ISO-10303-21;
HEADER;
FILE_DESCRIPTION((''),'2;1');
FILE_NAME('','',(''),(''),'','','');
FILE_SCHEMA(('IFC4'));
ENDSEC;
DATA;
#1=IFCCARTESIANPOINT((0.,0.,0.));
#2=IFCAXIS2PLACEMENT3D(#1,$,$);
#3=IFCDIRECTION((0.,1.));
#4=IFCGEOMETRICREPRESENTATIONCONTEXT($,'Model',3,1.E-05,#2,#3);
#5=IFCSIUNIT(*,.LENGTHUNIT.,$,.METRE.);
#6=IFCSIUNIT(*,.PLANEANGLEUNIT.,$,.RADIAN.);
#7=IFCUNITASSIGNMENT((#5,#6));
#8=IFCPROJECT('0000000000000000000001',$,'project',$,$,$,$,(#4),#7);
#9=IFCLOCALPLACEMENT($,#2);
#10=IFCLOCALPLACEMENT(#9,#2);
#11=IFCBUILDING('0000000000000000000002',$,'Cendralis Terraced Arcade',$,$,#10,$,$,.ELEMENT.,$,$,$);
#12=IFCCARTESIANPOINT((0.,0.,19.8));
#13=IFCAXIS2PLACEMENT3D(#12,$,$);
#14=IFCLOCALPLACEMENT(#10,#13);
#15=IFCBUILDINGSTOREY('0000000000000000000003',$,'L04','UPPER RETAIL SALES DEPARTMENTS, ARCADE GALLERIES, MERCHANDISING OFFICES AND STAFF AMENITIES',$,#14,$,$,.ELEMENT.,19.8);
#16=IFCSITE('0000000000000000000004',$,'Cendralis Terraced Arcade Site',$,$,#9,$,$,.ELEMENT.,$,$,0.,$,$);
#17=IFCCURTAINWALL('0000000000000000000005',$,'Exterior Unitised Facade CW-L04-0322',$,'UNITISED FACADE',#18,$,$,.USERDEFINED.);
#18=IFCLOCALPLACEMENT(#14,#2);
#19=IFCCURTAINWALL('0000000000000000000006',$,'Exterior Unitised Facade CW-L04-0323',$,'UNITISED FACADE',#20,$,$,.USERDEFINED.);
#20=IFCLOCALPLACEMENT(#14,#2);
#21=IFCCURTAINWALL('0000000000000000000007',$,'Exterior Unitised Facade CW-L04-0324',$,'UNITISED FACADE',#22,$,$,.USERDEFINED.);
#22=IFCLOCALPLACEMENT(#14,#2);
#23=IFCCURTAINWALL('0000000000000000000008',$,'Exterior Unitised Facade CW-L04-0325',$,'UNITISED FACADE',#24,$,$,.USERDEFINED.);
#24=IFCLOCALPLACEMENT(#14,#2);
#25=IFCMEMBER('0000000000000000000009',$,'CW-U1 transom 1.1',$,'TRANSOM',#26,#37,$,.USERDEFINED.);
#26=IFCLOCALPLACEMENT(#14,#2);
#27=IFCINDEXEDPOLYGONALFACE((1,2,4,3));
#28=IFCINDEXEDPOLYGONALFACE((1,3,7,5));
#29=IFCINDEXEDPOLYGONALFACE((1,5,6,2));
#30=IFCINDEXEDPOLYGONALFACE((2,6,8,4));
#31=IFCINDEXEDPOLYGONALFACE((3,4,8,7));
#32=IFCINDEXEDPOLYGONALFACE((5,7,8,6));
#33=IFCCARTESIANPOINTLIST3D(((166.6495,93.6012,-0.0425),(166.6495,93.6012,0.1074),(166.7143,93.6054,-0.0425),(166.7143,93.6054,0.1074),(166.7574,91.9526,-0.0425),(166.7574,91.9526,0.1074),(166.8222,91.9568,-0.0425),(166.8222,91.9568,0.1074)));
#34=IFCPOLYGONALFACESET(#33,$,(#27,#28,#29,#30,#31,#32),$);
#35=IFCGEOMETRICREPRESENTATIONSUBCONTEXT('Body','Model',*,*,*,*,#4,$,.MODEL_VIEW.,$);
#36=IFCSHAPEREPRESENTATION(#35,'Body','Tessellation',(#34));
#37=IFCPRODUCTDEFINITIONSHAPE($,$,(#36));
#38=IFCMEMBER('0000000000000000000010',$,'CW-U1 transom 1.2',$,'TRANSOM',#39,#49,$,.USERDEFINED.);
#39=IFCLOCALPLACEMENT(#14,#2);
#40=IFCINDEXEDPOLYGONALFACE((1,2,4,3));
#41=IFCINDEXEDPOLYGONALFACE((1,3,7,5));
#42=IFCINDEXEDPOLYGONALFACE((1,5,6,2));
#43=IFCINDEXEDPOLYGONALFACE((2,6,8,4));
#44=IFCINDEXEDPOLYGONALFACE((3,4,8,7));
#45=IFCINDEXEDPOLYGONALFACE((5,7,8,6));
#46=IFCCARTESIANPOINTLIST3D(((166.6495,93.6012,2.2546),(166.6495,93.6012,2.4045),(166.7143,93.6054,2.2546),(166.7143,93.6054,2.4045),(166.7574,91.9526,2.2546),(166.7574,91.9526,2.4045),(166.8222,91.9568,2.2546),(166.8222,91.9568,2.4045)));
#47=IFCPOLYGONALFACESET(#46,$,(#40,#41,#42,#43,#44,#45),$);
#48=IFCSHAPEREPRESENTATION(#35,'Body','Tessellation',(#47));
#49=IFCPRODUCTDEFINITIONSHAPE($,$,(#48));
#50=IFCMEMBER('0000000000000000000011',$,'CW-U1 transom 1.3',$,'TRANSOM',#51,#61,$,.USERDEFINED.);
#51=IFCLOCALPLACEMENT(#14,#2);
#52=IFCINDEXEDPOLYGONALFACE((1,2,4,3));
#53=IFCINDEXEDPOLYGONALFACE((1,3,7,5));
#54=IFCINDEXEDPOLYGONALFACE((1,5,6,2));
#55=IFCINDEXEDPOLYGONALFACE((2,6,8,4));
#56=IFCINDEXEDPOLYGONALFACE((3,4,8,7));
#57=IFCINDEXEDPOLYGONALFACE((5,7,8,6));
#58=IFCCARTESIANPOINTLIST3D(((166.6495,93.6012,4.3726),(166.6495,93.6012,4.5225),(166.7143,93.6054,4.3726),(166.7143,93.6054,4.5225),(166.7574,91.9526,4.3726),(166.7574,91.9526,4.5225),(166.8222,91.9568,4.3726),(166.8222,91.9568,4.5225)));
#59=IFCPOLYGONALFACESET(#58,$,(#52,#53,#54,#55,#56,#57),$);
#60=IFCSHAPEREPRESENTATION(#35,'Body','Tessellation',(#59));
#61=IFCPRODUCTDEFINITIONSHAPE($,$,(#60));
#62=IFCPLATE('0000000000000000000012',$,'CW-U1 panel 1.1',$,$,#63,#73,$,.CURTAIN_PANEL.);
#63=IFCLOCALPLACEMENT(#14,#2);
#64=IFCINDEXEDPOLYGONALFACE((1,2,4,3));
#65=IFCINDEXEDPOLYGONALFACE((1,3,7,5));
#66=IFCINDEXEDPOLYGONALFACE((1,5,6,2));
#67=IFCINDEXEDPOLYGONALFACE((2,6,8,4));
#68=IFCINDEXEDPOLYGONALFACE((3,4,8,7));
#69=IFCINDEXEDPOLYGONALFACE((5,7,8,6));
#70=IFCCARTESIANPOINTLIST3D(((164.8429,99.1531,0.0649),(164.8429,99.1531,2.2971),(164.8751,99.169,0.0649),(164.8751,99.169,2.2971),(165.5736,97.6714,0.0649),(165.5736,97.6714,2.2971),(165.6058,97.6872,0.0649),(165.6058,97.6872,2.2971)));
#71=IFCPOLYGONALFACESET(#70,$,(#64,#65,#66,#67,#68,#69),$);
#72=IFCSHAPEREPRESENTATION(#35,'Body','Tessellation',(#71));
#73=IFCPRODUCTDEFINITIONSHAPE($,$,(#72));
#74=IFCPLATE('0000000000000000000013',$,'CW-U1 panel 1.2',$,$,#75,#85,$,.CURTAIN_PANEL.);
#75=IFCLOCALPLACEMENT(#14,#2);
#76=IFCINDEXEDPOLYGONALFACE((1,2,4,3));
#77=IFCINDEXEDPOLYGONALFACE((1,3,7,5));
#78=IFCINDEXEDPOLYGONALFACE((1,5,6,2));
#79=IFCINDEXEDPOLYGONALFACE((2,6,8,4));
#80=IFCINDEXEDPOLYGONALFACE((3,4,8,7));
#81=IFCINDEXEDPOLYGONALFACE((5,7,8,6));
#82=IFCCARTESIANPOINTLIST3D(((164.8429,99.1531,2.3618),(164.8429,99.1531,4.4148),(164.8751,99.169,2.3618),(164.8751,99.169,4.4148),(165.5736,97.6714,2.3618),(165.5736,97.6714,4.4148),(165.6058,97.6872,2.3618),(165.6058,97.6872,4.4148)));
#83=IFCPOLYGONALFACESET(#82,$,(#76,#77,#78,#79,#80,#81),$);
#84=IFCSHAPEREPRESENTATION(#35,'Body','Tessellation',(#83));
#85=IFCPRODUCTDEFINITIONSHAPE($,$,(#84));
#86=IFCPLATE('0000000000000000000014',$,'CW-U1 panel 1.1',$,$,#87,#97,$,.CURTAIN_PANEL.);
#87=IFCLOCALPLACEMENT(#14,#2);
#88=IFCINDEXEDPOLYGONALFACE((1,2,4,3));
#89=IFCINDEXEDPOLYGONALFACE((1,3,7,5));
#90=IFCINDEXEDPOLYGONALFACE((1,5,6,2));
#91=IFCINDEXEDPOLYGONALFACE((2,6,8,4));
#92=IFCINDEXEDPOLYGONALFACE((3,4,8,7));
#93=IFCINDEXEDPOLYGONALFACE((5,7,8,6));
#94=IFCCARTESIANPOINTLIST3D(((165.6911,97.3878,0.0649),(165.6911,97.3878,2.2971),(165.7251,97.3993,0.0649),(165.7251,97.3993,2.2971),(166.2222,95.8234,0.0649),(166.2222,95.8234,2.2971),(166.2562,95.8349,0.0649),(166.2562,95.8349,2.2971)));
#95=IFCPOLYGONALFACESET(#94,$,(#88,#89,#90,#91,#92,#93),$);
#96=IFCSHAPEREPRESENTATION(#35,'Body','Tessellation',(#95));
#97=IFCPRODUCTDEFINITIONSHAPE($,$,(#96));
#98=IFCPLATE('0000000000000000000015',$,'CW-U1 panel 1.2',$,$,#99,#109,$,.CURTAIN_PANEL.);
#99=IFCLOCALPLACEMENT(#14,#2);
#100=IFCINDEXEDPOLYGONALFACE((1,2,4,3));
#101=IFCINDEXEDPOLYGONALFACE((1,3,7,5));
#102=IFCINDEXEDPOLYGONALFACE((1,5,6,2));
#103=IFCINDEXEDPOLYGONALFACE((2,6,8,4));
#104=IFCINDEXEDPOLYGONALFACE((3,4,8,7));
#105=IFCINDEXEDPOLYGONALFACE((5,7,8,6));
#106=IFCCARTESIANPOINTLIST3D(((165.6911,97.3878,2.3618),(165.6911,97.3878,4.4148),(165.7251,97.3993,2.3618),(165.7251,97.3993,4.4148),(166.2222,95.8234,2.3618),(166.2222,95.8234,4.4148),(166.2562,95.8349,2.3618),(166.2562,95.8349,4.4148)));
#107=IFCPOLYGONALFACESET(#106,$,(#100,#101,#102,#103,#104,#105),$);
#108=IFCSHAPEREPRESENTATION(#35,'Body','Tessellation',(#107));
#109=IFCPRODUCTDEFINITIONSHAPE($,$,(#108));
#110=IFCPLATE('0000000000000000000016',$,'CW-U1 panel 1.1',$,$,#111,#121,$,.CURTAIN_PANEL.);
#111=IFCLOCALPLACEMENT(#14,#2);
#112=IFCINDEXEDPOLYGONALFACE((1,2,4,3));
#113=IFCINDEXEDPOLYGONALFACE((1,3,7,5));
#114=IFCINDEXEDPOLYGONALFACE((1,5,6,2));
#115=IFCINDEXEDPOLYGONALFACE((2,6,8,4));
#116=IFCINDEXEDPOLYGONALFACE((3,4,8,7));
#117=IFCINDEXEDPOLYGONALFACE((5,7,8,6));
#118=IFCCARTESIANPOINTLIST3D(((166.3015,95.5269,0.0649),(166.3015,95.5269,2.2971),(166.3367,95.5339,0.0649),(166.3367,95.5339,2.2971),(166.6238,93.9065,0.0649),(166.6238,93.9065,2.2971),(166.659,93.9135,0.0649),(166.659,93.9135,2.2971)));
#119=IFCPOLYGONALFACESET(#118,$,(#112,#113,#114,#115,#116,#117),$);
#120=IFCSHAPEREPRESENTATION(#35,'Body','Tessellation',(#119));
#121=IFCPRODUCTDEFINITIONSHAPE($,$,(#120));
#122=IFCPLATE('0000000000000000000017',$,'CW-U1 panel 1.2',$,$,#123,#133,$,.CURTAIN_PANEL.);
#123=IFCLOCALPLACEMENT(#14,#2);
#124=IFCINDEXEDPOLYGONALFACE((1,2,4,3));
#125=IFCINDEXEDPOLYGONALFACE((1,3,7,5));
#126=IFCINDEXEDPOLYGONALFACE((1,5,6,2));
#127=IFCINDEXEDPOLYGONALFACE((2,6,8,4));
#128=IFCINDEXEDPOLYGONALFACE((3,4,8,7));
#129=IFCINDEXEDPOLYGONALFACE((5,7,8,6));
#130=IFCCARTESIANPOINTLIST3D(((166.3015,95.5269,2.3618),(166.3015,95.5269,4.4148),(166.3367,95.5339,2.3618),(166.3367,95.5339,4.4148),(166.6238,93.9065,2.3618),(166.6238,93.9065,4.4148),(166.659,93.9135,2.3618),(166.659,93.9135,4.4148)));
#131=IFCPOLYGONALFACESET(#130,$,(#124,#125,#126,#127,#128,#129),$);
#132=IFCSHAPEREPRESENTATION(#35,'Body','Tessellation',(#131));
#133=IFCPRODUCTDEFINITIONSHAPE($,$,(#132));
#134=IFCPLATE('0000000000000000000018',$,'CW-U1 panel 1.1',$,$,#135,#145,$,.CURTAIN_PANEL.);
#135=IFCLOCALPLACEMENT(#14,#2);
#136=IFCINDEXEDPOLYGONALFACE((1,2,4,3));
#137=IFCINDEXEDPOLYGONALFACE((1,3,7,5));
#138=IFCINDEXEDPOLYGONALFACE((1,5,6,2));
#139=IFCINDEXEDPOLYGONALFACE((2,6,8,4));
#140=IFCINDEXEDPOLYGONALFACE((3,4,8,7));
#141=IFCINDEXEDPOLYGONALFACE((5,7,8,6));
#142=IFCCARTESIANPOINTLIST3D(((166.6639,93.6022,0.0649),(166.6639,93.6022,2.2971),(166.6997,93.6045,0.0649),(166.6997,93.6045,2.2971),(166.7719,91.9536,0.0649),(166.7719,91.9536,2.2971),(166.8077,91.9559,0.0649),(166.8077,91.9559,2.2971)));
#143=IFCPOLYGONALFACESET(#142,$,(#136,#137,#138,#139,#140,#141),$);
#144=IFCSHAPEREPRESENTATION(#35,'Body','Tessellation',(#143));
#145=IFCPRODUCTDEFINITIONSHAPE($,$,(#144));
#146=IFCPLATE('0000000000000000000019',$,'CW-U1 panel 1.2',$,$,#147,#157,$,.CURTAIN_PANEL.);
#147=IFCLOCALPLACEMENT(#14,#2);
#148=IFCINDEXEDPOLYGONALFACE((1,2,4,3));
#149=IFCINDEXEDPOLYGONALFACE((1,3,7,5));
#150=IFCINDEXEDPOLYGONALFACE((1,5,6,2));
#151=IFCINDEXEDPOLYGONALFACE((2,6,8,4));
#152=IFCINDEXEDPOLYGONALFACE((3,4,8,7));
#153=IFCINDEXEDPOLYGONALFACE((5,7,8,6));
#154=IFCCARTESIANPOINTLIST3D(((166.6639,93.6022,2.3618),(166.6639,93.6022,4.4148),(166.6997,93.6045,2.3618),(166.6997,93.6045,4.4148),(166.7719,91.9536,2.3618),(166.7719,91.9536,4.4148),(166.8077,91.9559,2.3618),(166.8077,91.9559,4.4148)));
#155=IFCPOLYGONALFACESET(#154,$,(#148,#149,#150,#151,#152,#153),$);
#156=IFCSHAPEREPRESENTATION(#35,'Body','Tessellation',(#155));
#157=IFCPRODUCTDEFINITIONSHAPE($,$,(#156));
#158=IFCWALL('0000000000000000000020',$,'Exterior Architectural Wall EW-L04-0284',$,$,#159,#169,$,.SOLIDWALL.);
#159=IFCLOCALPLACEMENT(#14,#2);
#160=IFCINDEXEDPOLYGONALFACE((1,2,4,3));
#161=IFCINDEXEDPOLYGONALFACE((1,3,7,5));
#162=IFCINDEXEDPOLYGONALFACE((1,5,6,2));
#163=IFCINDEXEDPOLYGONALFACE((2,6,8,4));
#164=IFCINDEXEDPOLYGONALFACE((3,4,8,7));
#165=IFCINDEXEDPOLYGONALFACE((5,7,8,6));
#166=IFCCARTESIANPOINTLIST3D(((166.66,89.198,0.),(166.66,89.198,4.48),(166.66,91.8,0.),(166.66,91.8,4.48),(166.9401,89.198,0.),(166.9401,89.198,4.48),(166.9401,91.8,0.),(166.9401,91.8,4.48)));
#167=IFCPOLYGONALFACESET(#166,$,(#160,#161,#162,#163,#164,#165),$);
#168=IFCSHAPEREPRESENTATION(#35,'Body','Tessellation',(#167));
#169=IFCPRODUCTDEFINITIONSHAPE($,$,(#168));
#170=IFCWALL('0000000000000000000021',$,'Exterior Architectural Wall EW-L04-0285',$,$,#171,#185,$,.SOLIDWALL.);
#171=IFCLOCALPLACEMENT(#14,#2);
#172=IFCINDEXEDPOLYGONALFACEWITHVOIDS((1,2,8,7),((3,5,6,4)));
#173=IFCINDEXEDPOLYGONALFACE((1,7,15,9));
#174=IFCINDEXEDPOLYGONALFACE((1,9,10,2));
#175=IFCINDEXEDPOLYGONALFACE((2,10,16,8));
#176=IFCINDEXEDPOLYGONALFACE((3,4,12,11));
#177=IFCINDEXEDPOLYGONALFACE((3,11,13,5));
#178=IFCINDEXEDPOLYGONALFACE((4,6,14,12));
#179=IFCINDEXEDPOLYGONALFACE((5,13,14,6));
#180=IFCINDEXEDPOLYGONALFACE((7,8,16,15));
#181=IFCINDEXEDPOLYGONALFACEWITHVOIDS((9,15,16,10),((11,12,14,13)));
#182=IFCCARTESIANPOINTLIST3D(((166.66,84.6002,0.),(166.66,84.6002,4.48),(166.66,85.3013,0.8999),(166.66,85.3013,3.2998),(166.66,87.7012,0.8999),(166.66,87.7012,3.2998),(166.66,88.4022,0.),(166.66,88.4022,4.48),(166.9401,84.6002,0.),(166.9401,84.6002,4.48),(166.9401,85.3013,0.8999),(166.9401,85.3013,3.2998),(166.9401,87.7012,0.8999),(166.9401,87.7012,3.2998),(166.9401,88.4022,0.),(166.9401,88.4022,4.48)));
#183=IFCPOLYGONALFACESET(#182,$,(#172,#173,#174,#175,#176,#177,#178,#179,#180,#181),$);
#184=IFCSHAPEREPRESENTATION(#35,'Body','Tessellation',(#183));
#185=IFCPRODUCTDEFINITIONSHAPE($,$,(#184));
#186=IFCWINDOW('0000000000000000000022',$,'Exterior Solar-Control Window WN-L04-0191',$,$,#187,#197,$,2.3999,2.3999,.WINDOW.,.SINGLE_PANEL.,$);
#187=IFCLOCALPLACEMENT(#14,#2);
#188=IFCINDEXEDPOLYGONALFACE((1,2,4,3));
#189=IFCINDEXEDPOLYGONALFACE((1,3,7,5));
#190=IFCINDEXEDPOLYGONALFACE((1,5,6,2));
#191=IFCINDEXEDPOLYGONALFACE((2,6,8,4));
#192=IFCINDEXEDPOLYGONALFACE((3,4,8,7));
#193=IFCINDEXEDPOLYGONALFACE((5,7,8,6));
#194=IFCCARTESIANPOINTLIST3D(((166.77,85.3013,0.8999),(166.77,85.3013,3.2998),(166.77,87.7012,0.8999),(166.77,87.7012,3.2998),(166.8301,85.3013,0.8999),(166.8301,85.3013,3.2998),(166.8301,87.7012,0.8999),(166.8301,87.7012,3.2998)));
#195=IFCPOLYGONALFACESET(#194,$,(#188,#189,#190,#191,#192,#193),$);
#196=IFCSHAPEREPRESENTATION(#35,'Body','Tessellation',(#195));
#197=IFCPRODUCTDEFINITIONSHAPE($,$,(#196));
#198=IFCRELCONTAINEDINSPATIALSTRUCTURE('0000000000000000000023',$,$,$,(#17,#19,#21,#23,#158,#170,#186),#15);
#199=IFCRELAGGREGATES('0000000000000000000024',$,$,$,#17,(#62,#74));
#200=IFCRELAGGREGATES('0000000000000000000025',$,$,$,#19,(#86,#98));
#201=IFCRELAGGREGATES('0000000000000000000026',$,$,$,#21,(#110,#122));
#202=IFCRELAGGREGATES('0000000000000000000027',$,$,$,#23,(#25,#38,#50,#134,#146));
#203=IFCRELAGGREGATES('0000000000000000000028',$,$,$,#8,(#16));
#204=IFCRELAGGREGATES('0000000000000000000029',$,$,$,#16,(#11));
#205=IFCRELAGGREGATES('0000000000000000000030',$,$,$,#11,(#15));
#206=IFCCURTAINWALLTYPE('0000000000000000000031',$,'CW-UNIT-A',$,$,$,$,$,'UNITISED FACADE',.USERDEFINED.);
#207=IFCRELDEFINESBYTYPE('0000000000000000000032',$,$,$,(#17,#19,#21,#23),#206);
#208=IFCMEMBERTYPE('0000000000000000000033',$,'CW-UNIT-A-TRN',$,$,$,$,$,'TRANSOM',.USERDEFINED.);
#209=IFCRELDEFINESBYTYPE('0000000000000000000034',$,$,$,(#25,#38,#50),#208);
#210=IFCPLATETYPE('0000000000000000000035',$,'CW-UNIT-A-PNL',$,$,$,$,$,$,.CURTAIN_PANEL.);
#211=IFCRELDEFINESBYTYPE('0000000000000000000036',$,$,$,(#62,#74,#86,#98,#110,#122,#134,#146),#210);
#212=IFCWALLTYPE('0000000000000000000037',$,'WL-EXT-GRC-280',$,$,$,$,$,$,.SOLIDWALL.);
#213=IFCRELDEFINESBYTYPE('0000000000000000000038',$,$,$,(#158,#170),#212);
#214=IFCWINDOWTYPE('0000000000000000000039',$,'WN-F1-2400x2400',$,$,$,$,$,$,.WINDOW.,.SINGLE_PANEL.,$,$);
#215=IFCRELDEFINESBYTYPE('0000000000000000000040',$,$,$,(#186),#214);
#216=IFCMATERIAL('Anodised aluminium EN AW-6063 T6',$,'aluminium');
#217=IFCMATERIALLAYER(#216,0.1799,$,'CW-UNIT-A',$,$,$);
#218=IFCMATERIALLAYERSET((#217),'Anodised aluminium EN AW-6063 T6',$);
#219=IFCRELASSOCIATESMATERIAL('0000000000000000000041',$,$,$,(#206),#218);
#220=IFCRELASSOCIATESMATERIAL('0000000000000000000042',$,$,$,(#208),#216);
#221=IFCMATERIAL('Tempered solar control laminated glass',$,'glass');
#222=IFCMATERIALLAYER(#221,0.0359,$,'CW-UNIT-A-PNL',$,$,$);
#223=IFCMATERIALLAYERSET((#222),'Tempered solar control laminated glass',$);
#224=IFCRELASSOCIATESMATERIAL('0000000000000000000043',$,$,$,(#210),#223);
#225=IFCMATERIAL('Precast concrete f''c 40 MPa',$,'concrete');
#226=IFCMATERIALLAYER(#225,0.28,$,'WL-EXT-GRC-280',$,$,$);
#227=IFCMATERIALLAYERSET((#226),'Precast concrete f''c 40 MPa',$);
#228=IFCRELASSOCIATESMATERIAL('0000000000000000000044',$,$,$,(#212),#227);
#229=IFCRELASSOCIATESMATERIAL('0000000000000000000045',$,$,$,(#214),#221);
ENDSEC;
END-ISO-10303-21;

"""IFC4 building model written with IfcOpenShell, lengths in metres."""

from ifc_helpers import new_model, si_unit, direction, frame, frame_2d, origin, origin_2d, place, context, subcontext, project, spatial, rectangle, extrude, material, layer, layer_set, material_profile, profile_set, type_object, element, fill, aggregate, save


model = new_model("IFC4")

# Units and contexts
model_context = context("Model", 3, precision=1e-05, world=origin(), true_north=direction((0.0, 1.0)))
body_context = subcontext(model_context, "Body", "Model", "MODEL_VIEW")
ifc_project = project(units=[si_unit("LENGTHUNIT", "METRE"), si_unit("PLANEANGLEUNIT", "RADIAN")], contexts=[model_context])

# Site, building, storey
site_placement = place(None, origin())
site = spatial("IfcSite", under=ifc_project, at=site_placement, Name="Cendralis Terraced Arcade Site", CompositionType="ELEMENT", RefElevation=0.0)
building_placement = place(site_placement, origin())
building = spatial("IfcBuilding", under=site, at=building_placement, Name="Cendralis Terraced Arcade", CompositionType="ELEMENT")
storey_placement = place(building_placement, frame((0.0, 0.0, 19.8)))
storey = spatial("IfcBuildingStorey", under=building, at=storey_placement, Name="L04", Description="UPPER RETAIL SALES DEPARTMENTS, ARCADE GALLERIES, MERCHANDISING OFFICES AND STAFF AMENITIES", CompositionType="ELEMENT", Elevation=19.8)

# Curtain wall
ifc_material_1 = material(Name="Anodised aluminium EN AW-6063 T6", Category="aluminium")
ifc_layer_1 = layer(ifc_material_1, 0.1799, Name="CW-UNIT-A")
ifc_layer_set_1 = layer_set([ifc_layer_1], Name="Anodised aluminium EN AW-6063 T6")
curtain_wall_type = type_object("IfcCurtainWallType", Name="CW-UNIT-A", ElementType="UNITISED FACADE", PredefinedType="USERDEFINED", material=ifc_layer_set_1)
curtain_wall_1_placement = place(storey_placement, origin())
curtain_wall_1 = element("IfcCurtainWall", 1, at=curtain_wall_1_placement, inside=storey, type_object=curtain_wall_type, Name="Exterior Unitised Facade CW-L04-0322", ObjectType="UNITISED FACADE", PredefinedType="USERDEFINED")

# Curtain walls
curtain_wall_2_placement = place(storey_placement, origin())
curtain_wall_2 = element("IfcCurtainWall", 2, at=curtain_wall_2_placement, inside=storey, type_object=curtain_wall_type, Name="Exterior Unitised Facade CW-L04-0323", ObjectType="UNITISED FACADE", PredefinedType="USERDEFINED")
curtain_wall_3_placement = place(storey_placement, origin())
curtain_wall_3 = element("IfcCurtainWall", 3, at=curtain_wall_3_placement, inside=storey, type_object=curtain_wall_type, Name="Exterior Unitised Facade CW-L04-0324", ObjectType="UNITISED FACADE", PredefinedType="USERDEFINED")
curtain_wall_4_placement = place(storey_placement, origin())
curtain_wall_4 = element("IfcCurtainWall", 4, at=curtain_wall_4_placement, inside=storey, type_object=curtain_wall_type, Name="Exterior Unitised Facade CW-L04-0325", ObjectType="UNITISED FACADE", PredefinedType="USERDEFINED")

# Members
ifc_material_profile_1 = material_profile(ifc_material_1, rectangle(XDim=0.0649, YDim=0.1499, at=origin_2d()), Name="ALU-TRN-65x150")
ifc_profile_set_1 = profile_set([ifc_material_profile_1], Name="Anodised aluminium EN AW-6063 T6")
member_type_1 = type_object("IfcMemberType", Name="CW-UNIT-A-TRN", ElementType="TRANSOM", PredefinedType="USERDEFINED", material=ifc_profile_set_1)
member_1_placement = place(storey_placement, frame((166.6819, 93.6033, 0.0325), z_axis=(0.065313, -0.997865, 0.0), x_axis=(0.997865, 0.065313, 0.0)))
member_1 = element("IfcMember", 5, at=member_1_placement, type_object=member_type_1, Name="CW-U1 transom 1.1", ObjectType="TRANSOM", PredefinedType="USERDEFINED", context=body_context, shape_type="SweptSolid", body=[
    extrude(rectangle(XDim=0.0649, YDim=0.1499, at=origin_2d()), origin(), (0.0, 0.0, 1.0), 1.6521),
])
member_2_placement = place(storey_placement, frame((166.6819, 93.6033, 2.3296), z_axis=(0.065313, -0.997865, 0.0), x_axis=(0.997865, 0.065313, 0.0)))
member_2 = element("IfcMember", 6, at=member_2_placement, type_object=member_type_1, Name="CW-U1 transom 1.2", ObjectType="TRANSOM", PredefinedType="USERDEFINED", context=body_context, shape_type="SweptSolid", body=[
    extrude(rectangle(XDim=0.0649, YDim=0.1499, at=origin_2d()), origin(), (0.0, 0.0, 1.0), 1.6521),
])
member_3_placement = place(storey_placement, frame((166.6819, 93.6033, 4.4475), z_axis=(0.065313, -0.997865, 0.0), x_axis=(0.997865, 0.065313, 0.0)))
member_3 = element("IfcMember", 7, at=member_3_placement, type_object=member_type_1, Name="CW-U1 transom 1.3", ObjectType="TRANSOM", PredefinedType="USERDEFINED", context=body_context, shape_type="SweptSolid", body=[
    extrude(rectangle(XDim=0.0649, YDim=0.1499, at=origin_2d()), origin(), (0.0, 0.0, 1.0), 1.6521),
])

# Plates
ifc_material_2 = material(Name="Tempered solar control laminated glass", Category="glass")
ifc_layer_2 = layer(ifc_material_2, 0.0359, Name="CW-UNIT-A-PNL")
ifc_layer_set_2 = layer_set([ifc_layer_2], Name="Tempered solar control laminated glass")
plate_type = type_object("IfcPlateType", Name="CW-UNIT-A-PNL", PredefinedType="CURTAIN_PANEL", material=ifc_layer_set_2)
plate_1_placement = place(storey_placement, frame((165.2244, 98.4202, 0.0649), z_axis=(0.0, 0.0, 1.0), x_axis=(0.442291, -0.896871, 0.0)))
plate_1 = element("IfcPlate", 8, at=plate_1_placement, type_object=plate_type, Name="CW-U1 panel 1.1", PredefinedType="CURTAIN_PANEL", context=body_context, shape_type="SweptSolid", body=[
    extrude(rectangle(XDim=1.6521, YDim=0.0359, at=origin_2d()), origin(), (0.0, 0.0, 1.0), 2.2322),
])
plate_2_placement = place(storey_placement, frame((165.2244, 98.4202, 2.3618), z_axis=(0.0, 0.0, 1.0), x_axis=(0.442291, -0.896871, 0.0)))
plate_2 = element("IfcPlate", 9, at=plate_2_placement, type_object=plate_type, Name="CW-U1 panel 1.2", PredefinedType="CURTAIN_PANEL", context=body_context, shape_type="SweptSolid", body=[
    extrude(rectangle(XDim=1.6521, YDim=0.0359, at=origin_2d()), origin(), (0.0, 0.0, 1.0), 2.053),
])
aggregate(curtain_wall_1, [plate_1, plate_2])
plate_3_placement = place(storey_placement, frame((165.9736, 96.6113, 0.0649), z_axis=(0.0, 0.0, 1.0), x_axis=(0.321458, -0.946924, 0.0)))
plate_3 = element("IfcPlate", 10, at=plate_3_placement, type_object=plate_type, Name="CW-U1 panel 1.1", PredefinedType="CURTAIN_PANEL", context=body_context, shape_type="SweptSolid", body=[
    extrude(rectangle(XDim=1.6521, YDim=0.0359, at=origin_2d()), origin(), (0.0, 0.0, 1.0), 2.2322),
])
plate_4_placement = place(storey_placement, frame((165.9736, 96.6113, 2.3618), z_axis=(0.0, 0.0, 1.0), x_axis=(0.321458, -0.946924, 0.0)))
plate_4 = element("IfcPlate", 11, at=plate_4_placement, type_object=plate_type, Name="CW-U1 panel 1.2", PredefinedType="CURTAIN_PANEL", context=body_context, shape_type="SweptSolid", body=[
    extrude(rectangle(XDim=1.6521, YDim=0.0359, at=origin_2d()), origin(), (0.0, 0.0, 1.0), 2.053),
])
aggregate(curtain_wall_2, [plate_3, plate_4])
plate_5_placement = place(storey_placement, frame((166.4802, 94.7202, 0.0649), z_axis=(0.0, 0.0, 1.0), x_axis=(0.195058, -0.980792, 0.0)))
plate_5 = element("IfcPlate", 12, at=plate_5_placement, type_object=plate_type, Name="CW-U1 panel 1.1", PredefinedType="CURTAIN_PANEL", context=body_context, shape_type="SweptSolid", body=[
    extrude(rectangle(XDim=1.6521, YDim=0.0359, at=origin_2d()), origin(), (0.0, 0.0, 1.0), 2.2322),
])
plate_6_placement = place(storey_placement, frame((166.4802, 94.7202, 2.3618), z_axis=(0.0, 0.0, 1.0), x_axis=(0.195058, -0.980792, 0.0)))
plate_6 = element("IfcPlate", 13, at=plate_6_placement, type_object=plate_type, Name="CW-U1 panel 1.2", PredefinedType="CURTAIN_PANEL", context=body_context, shape_type="SweptSolid", body=[
    extrude(rectangle(XDim=1.6521, YDim=0.0359, at=origin_2d()), origin(), (0.0, 0.0, 1.0), 2.053),
])
aggregate(curtain_wall_3, [plate_5, plate_6])
plate_7_placement = place(storey_placement, frame((166.7358, 92.7791, 0.0649), z_axis=(0.0, 0.0, 1.0), x_axis=(0.065372, -0.997861, 0.0)))
plate_7 = element("IfcPlate", 14, at=plate_7_placement, type_object=plate_type, Name="CW-U1 panel 1.1", PredefinedType="CURTAIN_PANEL", context=body_context, shape_type="SweptSolid", body=[
    extrude(rectangle(XDim=1.6521, YDim=0.0359, at=origin_2d()), origin(), (0.0, 0.0, 1.0), 2.2322),
])
plate_8_placement = place(storey_placement, frame((166.7358, 92.7791, 2.3618), z_axis=(0.0, 0.0, 1.0), x_axis=(0.065372, -0.997861, 0.0)))
plate_8 = element("IfcPlate", 15, at=plate_8_placement, type_object=plate_type, Name="CW-U1 panel 1.2", PredefinedType="CURTAIN_PANEL", context=body_context, shape_type="SweptSolid", body=[
    extrude(rectangle(XDim=1.6521, YDim=0.0359, at=origin_2d()), origin(), (0.0, 0.0, 1.0), 2.053),
])
aggregate(curtain_wall_4, [member_1, member_2, member_3, plate_7, plate_8])

# Wall
ifc_material_3 = material(Name="Precast concrete f'c 40 MPa", Category="concrete")
ifc_layer_3 = layer(ifc_material_3, 0.28, Name="WL-EXT-GRC-280")
ifc_layer_set_3 = layer_set([ifc_layer_3], Name="Precast concrete f'c 40 MPa")
wall_type_1 = type_object("IfcWallType", Name="WL-EXT-GRC-280", PredefinedType="SOLIDWALL", material=ifc_layer_set_3)
wall_1_placement = place(storey_placement, frame((166.8, 91.8, 0.0), z_axis=(0.0, 0.0, 1.0), x_axis=(0.0, -1.0, 0.0)))
element("IfcWall", 16, at=wall_1_placement, inside=storey, type_object=wall_type_1, Name="Exterior Architectural Wall EW-L04-0284", PredefinedType="SOLIDWALL", context=body_context, shape_type="SweptSolid", body=[
    extrude(rectangle(XDim=2.6021, YDim=0.28, at=frame_2d((1.301, 0.0))), origin(), (0.0, 0.0, 1.0), 4.48),
])

# Wall, opening, window
wall_2_placement = place(storey_placement, frame((166.8, 88.4021, 0.0), z_axis=(0.0, 0.0, 1.0), x_axis=(0.0, -1.0, 0.0)))
wall_2 = element("IfcWall", 17, at=wall_2_placement, inside=storey, type_object=wall_type_1, Name="Exterior Architectural Wall EW-L04-0285", PredefinedType="SOLIDWALL", context=body_context, shape_type="SweptSolid", body=[
    extrude(rectangle(XDim=3.802, YDim=0.28, at=frame_2d((1.9009, 0.0))), origin(), (0.0, 0.0, 1.0), 4.48),
])
opening_placement = place(wall_2_placement, frame((0.7009, 0.0, 0.8999)))
opening = element("IfcOpeningElement", 18, at=opening_placement, cuts=wall_2, PredefinedType="OPENING", context=body_context, shape_type="SweptSolid", body=[
    extrude(rectangle(XDim=2.3999, YDim=2.3999, at=frame_2d((1.2, 1.2))), frame((0.0, 0.1519, 0.0), z_axis=(0.0, -1.0, 0.0), x_axis=(1.0, 0.0, 0.0)), (0.0, 0.0, 1.0), 0.304),
])
window_type = type_object("IfcWindowType", Name="WN-F1-2400x2400", PartitioningType="SINGLE_PANEL", PredefinedType="WINDOW", material=ifc_material_2)
window_placement = place(opening_placement, origin())
window = element("IfcWindow", 19, at=window_placement, inside=storey, type_object=window_type, Name="Exterior Solar-Control Window WN-L04-0191", OverallHeight=2.3999, OverallWidth=2.3999, PartitioningType="SINGLE_PANEL", PredefinedType="WINDOW", context=body_context, shape_type="SweptSolid", body=[
    extrude(rectangle(XDim=2.3999, YDim=2.3999, at=frame_2d((1.2, 1.2))), frame((0.0, 0.03, 0.0), z_axis=(0.0, -1.0, 0.0), x_axis=(1.0, 0.0, 0.0)), (0.0, 0.0, 1.0), 0.0601),
])
fill(opening, window)

save(model, "model.ifc")
